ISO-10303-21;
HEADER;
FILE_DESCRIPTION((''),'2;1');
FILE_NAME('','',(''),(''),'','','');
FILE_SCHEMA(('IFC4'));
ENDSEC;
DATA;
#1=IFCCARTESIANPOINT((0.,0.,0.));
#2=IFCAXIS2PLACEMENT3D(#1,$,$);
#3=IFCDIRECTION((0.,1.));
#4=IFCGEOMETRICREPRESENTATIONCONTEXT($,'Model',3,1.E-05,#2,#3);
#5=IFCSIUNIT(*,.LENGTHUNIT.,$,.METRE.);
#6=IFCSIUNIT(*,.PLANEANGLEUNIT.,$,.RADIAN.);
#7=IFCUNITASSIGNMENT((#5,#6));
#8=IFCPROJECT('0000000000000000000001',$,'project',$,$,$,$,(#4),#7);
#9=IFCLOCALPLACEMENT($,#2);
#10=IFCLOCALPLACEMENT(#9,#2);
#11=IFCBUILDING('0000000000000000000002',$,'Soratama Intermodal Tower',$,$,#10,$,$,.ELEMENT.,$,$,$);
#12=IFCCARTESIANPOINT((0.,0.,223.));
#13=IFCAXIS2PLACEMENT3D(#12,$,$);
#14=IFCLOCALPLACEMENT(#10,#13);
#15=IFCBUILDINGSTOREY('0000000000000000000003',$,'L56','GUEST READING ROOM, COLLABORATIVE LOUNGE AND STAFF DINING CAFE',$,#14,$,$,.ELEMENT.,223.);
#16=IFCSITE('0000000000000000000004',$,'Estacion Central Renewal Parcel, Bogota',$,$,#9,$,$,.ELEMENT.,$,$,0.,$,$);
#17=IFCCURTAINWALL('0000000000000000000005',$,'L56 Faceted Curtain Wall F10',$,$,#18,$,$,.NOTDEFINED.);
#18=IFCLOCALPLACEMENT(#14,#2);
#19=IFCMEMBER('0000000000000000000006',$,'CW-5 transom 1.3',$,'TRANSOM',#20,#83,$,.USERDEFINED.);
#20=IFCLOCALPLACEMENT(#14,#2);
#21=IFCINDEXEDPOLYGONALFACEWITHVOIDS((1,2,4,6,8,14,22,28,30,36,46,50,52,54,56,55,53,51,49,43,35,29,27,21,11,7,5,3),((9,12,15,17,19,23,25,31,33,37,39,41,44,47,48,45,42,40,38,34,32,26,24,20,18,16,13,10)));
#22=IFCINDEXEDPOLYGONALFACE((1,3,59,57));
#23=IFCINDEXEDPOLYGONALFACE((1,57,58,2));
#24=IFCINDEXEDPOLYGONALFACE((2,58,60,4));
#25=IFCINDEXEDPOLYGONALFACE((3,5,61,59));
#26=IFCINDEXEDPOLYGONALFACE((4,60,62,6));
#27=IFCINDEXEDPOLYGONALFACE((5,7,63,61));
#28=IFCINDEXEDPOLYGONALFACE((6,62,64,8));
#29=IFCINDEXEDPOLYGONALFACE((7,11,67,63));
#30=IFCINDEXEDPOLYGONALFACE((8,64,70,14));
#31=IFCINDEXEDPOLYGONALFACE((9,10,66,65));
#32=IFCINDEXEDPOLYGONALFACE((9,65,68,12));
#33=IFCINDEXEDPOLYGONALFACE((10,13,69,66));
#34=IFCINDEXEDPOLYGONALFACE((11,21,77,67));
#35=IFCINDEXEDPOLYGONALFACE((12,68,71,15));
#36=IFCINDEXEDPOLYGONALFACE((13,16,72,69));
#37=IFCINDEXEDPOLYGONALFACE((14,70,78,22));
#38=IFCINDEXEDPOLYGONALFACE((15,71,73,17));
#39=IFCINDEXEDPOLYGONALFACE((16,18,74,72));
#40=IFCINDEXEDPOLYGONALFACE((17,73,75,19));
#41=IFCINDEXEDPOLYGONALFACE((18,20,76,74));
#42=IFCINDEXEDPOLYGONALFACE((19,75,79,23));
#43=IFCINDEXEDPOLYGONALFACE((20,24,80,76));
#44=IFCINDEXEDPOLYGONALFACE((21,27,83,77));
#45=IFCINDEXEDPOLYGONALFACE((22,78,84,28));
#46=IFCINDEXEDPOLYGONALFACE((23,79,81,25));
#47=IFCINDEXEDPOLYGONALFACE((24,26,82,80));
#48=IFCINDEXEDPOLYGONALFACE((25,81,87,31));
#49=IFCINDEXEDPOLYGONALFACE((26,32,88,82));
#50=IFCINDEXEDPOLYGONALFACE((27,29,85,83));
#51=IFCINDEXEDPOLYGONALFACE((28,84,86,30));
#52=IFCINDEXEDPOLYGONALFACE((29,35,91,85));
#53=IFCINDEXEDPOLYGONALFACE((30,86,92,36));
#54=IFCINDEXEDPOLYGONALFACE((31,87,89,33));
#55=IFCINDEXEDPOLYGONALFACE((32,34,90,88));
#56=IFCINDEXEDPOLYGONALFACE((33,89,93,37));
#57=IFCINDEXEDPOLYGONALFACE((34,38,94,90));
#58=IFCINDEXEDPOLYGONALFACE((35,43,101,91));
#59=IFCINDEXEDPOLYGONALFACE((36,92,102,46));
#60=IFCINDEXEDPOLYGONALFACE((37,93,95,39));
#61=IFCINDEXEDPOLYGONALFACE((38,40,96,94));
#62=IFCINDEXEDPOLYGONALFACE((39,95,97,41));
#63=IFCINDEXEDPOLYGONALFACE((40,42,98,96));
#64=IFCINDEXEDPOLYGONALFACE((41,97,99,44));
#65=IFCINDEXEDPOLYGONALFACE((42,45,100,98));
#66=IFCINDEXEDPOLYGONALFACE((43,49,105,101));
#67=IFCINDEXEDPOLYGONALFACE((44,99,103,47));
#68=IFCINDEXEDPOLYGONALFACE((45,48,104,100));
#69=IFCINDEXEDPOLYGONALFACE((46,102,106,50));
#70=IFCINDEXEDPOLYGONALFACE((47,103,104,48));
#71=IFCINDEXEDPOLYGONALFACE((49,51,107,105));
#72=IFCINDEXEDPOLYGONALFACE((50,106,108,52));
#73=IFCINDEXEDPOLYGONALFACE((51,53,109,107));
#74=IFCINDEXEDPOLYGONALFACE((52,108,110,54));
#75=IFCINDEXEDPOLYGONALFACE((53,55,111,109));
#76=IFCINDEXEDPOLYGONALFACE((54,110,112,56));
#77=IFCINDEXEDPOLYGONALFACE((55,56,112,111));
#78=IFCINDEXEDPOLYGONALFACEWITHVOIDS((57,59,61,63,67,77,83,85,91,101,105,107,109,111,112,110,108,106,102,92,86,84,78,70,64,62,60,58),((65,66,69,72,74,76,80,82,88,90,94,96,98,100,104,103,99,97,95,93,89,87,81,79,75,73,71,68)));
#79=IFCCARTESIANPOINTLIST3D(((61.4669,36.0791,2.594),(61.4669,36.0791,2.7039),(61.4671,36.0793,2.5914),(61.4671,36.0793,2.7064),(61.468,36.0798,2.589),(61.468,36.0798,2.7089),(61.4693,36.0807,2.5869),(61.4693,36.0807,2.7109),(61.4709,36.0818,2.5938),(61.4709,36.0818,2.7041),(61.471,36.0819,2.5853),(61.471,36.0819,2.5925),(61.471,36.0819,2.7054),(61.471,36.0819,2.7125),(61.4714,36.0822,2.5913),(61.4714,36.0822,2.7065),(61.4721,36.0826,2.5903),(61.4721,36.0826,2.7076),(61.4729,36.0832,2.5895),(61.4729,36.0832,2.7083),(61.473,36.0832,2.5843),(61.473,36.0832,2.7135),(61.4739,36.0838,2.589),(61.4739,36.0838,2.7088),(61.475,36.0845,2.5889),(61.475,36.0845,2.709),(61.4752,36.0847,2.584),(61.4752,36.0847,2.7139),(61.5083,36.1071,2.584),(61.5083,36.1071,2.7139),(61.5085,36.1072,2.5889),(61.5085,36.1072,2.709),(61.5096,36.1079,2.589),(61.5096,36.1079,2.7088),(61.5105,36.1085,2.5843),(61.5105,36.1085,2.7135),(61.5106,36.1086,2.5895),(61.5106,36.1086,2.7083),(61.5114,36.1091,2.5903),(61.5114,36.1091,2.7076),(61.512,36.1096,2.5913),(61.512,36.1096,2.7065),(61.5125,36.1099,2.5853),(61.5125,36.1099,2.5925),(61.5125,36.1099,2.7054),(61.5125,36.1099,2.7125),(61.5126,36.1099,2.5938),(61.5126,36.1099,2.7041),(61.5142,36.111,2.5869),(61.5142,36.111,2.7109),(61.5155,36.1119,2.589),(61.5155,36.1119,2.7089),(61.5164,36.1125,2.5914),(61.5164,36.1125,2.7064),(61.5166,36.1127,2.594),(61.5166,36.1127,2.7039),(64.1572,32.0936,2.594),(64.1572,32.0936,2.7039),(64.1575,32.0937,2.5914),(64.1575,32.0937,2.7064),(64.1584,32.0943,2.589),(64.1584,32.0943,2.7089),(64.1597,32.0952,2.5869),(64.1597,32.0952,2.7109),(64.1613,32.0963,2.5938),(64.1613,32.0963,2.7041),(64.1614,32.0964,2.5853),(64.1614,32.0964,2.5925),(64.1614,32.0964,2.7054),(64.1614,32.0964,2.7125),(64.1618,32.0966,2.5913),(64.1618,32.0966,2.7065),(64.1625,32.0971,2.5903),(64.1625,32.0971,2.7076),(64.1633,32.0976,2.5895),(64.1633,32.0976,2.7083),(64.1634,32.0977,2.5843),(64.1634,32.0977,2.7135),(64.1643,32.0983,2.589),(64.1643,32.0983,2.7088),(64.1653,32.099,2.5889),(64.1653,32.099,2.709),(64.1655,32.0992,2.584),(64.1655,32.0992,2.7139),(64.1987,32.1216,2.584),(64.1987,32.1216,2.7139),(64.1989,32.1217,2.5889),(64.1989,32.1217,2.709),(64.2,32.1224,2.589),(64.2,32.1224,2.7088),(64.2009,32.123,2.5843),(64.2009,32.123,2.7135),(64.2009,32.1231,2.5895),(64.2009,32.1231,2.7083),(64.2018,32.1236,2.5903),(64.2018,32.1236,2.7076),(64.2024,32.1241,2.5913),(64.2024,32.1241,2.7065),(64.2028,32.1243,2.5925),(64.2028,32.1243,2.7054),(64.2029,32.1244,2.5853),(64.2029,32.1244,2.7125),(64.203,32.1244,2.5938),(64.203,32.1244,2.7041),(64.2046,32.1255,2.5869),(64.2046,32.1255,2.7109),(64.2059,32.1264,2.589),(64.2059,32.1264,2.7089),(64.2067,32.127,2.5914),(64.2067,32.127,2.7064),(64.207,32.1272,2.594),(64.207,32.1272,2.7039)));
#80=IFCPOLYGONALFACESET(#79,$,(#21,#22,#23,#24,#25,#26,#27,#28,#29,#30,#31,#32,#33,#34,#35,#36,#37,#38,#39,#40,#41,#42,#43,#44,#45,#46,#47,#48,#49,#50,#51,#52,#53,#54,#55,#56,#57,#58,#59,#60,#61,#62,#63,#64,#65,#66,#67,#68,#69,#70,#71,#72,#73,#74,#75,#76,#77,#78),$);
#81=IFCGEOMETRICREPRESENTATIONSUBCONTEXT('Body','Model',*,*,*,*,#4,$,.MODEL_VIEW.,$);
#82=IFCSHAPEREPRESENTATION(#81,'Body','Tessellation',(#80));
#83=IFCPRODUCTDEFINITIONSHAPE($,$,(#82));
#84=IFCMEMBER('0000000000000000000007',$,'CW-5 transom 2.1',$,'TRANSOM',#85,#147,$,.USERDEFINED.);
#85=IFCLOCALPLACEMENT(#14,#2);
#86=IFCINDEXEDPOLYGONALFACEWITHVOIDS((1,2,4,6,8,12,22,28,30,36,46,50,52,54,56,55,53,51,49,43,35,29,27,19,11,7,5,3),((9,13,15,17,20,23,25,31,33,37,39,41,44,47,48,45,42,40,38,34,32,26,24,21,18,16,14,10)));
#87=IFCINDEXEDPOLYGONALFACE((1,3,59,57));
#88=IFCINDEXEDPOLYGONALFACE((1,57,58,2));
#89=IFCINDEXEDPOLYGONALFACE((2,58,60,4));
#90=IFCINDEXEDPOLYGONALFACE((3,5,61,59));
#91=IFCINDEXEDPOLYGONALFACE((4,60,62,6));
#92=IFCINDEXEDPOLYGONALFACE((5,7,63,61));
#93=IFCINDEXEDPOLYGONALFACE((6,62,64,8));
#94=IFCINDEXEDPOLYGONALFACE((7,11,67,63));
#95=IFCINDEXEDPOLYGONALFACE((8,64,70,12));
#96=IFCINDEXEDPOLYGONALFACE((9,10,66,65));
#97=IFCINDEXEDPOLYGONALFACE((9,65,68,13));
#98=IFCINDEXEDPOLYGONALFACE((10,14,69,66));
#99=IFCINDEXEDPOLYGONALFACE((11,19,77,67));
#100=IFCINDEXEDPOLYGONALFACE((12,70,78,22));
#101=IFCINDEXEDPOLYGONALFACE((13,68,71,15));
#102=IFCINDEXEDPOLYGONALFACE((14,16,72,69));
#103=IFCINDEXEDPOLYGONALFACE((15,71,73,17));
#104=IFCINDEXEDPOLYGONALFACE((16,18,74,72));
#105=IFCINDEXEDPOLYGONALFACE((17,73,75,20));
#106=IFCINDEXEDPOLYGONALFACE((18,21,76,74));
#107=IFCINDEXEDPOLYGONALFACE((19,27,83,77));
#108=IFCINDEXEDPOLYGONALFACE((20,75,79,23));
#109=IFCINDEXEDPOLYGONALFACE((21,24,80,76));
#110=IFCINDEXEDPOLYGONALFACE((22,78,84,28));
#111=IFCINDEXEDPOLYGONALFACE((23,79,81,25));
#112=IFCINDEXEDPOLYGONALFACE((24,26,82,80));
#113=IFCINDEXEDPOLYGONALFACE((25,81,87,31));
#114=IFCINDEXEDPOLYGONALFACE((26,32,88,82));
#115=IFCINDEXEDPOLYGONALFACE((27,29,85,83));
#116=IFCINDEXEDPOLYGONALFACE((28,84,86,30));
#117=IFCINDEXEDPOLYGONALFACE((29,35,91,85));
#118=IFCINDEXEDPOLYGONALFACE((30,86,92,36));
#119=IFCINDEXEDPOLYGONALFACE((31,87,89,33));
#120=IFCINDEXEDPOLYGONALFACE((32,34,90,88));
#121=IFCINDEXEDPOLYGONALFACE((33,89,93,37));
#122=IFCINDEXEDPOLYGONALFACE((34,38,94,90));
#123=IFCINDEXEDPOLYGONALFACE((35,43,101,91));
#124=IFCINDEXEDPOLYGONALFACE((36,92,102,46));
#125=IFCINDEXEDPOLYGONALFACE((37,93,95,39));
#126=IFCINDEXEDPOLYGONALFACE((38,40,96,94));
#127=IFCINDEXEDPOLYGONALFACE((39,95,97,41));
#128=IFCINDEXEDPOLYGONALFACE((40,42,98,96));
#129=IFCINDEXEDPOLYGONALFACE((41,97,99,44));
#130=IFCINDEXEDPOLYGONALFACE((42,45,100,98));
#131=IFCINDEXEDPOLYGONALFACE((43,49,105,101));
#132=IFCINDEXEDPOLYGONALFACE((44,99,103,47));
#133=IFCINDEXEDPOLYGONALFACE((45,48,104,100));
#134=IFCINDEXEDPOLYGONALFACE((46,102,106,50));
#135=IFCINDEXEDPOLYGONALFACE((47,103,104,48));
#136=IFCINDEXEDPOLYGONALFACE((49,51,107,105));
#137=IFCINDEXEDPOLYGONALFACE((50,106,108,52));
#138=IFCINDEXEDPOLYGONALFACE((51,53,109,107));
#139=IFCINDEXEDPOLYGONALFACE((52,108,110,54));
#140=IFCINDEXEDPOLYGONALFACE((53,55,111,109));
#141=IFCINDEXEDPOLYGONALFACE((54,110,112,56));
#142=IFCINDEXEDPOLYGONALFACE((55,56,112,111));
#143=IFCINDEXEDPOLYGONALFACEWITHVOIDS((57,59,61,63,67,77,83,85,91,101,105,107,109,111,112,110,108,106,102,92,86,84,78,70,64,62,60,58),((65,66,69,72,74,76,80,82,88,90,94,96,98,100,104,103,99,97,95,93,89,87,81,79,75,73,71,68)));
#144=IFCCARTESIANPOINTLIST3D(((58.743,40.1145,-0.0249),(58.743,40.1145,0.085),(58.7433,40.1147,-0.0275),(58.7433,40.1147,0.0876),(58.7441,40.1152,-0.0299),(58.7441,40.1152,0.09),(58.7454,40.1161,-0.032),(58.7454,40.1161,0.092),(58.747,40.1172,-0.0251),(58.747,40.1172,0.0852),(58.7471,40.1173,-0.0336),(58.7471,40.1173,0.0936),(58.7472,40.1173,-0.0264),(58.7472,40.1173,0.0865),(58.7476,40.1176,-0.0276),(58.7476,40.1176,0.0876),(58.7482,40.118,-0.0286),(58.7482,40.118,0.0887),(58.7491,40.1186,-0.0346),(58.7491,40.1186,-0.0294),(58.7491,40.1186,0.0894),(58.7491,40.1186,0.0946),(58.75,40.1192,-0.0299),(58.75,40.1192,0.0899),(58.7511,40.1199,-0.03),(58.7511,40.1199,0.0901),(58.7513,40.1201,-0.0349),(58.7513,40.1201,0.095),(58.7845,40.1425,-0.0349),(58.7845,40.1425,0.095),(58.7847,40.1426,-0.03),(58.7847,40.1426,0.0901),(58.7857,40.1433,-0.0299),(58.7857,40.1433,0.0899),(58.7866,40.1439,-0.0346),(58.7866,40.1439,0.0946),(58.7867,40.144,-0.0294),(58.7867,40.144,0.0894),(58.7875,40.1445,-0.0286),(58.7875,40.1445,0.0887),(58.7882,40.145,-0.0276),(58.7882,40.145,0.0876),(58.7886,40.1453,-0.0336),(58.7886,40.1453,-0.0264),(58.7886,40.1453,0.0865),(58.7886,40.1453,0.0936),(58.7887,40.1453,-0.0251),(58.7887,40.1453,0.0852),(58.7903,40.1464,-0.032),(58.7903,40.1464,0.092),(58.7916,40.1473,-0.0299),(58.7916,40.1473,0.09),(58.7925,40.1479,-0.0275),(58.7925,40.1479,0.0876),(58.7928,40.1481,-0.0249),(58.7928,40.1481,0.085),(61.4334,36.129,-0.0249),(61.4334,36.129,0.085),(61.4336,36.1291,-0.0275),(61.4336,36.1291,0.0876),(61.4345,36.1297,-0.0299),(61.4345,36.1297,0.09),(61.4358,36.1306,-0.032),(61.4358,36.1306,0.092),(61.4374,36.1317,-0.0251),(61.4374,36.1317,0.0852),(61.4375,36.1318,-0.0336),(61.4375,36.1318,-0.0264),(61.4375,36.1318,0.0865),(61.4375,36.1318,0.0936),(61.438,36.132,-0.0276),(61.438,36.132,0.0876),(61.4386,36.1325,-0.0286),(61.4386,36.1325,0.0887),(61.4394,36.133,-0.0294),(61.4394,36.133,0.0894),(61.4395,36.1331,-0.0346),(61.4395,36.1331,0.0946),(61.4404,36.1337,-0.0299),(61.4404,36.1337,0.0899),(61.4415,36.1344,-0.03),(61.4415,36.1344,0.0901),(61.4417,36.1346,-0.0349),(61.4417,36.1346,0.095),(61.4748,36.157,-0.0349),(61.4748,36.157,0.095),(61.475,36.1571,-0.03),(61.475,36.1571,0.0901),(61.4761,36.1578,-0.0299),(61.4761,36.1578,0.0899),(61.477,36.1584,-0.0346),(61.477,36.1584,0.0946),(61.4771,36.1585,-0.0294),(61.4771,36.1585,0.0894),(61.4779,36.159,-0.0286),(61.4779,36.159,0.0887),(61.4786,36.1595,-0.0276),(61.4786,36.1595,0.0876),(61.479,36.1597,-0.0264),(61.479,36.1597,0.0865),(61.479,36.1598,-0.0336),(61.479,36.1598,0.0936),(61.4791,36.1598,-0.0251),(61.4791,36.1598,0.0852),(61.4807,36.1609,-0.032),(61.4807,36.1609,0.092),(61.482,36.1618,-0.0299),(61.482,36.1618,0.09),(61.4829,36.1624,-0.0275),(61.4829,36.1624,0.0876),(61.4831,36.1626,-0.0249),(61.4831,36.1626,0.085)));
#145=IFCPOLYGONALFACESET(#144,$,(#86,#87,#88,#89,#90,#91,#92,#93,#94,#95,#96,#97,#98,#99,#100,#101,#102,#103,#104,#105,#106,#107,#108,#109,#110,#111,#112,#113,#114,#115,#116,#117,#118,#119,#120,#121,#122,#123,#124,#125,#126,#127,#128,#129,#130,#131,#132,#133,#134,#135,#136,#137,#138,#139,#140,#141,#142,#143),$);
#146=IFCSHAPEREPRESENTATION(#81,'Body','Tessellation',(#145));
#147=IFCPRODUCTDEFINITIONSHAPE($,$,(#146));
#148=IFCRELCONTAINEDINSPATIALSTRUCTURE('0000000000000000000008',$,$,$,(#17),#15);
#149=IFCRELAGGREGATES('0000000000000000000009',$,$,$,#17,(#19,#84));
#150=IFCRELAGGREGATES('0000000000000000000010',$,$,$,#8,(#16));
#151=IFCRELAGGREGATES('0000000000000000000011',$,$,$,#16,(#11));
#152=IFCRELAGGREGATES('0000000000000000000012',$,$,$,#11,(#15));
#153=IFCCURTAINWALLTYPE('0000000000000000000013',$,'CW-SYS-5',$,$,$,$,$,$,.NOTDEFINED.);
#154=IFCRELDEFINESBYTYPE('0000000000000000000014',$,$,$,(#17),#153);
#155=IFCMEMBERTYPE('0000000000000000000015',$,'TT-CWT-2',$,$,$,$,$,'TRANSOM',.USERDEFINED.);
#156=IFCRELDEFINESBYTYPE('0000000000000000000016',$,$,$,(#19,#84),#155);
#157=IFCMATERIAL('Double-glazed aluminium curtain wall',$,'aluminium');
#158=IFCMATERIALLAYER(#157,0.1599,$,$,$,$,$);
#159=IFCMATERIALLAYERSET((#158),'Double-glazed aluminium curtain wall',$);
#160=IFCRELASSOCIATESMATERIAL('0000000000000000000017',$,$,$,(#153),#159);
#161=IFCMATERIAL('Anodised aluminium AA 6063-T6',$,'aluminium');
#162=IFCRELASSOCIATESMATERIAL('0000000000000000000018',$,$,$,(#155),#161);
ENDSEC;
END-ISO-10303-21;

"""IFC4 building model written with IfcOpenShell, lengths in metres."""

from ifc_helpers import new_model, si_unit, direction, frame, origin, origin_2d, place, context, subcontext, project, spatial, hollow_rectangle, extrude, material, layer, layer_set, material_profile, profile_set, type_object, element, aggregate, save


model = new_model("IFC4")

# Units and contexts
model_context = context("Model", 3, precision=1e-05, world=origin(), true_north=direction((0.0, 1.0)))
body_context = subcontext(model_context, "Body", "Model", "MODEL_VIEW")
ifc_project = project(units=[si_unit("LENGTHUNIT", "METRE"), si_unit("PLANEANGLEUNIT", "RADIAN")], contexts=[model_context])

# Site, building, storey
site_placement = place(None, origin())
site = spatial("IfcSite", under=ifc_project, at=site_placement, Name="Estacion Central Renewal Parcel, Bogota", CompositionType="ELEMENT", RefElevation=0.0)
building_placement = place(site_placement, origin())
building = spatial("IfcBuilding", under=site, at=building_placement, Name="Soratama Intermodal Tower", CompositionType="ELEMENT")
storey_placement = place(building_placement, frame((0.0, 0.0, 223.0)))
storey = spatial("IfcBuildingStorey", under=building, at=storey_placement, Name="L56", Description="GUEST READING ROOM, COLLABORATIVE LOUNGE AND STAFF DINING CAFE", CompositionType="ELEMENT", Elevation=223.0)

# Curtain wall, members
ifc_material_1 = material(Name="Double-glazed aluminium curtain wall", Category="aluminium")
ifc_layer_1 = layer(ifc_material_1, 0.1599)
ifc_layer_set_1 = layer_set([ifc_layer_1], Name="Double-glazed aluminium curtain wall")
curtain_wall_type = type_object("IfcCurtainWallType", Name="CW-SYS-5", PredefinedType="NOTDEFINED", material=ifc_layer_set_1)
curtain_wall_placement = place(storey_placement, origin())
curtain_wall = element("IfcCurtainWall", 1, at=curtain_wall_placement, inside=storey, type_object=curtain_wall_type, Name="L56 Faceted Curtain Wall F10", PredefinedType="NOTDEFINED")
ifc_material_2 = material(Name="Anodised aluminium AA 6063-T6", Category="aluminium")
ifc_material_profile_1 = material_profile(ifc_material_2, hollow_rectangle(XDim=0.0601, YDim=0.1299, WallThickness=0.0049, InnerFilletRadius=0.0049, OuterFilletRadius=0.01, at=origin_2d()), Name="CWT130X60X5")
ifc_profile_set_1 = profile_set([ifc_material_profile_1], Name="Anodised aluminium AA 6063-T6")
member_type_1 = type_object("IfcMemberType", Name="TT-CWT-2", ElementType="TRANSOM", PredefinedType="USERDEFINED", material=ifc_profile_set_1)
member_1_placement = place(storey_placement, frame((64.1821, 32.1104, 2.6489), z_axis=(-0.559495, 0.828834, 0.0), x_axis=(-0.828834, -0.559495, 0.0)))
member_1 = element("IfcMember", 2, at=member_1_placement, type_object=member_type_1, Name="CW-5 transom 1.3", ObjectType="TRANSOM", PredefinedType="USERDEFINED", context=body_context, shape_type="SweptSolid", body=[
    extrude(hollow_rectangle(XDim=0.0601, YDim=0.1299, WallThickness=0.0049, InnerFilletRadius=0.0049, OuterFilletRadius=0.01, at=origin_2d()), origin(), (0.0, 0.0, 1.0), 4.8086),
])
member_2_placement = place(storey_placement, frame((61.4583, 36.1458, 0.03), z_axis=(-0.559495, 0.828834, 0.0), x_axis=(-0.828834, -0.559495, 0.0)))
member_2 = element("IfcMember", 3, at=member_2_placement, type_object=member_type_1, Name="CW-5 transom 2.1", ObjectType="TRANSOM", PredefinedType="USERDEFINED", context=body_context, shape_type="SweptSolid", body=[
    extrude(hollow_rectangle(XDim=0.0601, YDim=0.1299, WallThickness=0.0049, InnerFilletRadius=0.0049, OuterFilletRadius=0.01, at=origin_2d()), origin(), (0.0, 0.0, 1.0), 4.8086),
])
aggregate(curtain_wall, [member_1, member_2])

save(model, "model.ifc")
